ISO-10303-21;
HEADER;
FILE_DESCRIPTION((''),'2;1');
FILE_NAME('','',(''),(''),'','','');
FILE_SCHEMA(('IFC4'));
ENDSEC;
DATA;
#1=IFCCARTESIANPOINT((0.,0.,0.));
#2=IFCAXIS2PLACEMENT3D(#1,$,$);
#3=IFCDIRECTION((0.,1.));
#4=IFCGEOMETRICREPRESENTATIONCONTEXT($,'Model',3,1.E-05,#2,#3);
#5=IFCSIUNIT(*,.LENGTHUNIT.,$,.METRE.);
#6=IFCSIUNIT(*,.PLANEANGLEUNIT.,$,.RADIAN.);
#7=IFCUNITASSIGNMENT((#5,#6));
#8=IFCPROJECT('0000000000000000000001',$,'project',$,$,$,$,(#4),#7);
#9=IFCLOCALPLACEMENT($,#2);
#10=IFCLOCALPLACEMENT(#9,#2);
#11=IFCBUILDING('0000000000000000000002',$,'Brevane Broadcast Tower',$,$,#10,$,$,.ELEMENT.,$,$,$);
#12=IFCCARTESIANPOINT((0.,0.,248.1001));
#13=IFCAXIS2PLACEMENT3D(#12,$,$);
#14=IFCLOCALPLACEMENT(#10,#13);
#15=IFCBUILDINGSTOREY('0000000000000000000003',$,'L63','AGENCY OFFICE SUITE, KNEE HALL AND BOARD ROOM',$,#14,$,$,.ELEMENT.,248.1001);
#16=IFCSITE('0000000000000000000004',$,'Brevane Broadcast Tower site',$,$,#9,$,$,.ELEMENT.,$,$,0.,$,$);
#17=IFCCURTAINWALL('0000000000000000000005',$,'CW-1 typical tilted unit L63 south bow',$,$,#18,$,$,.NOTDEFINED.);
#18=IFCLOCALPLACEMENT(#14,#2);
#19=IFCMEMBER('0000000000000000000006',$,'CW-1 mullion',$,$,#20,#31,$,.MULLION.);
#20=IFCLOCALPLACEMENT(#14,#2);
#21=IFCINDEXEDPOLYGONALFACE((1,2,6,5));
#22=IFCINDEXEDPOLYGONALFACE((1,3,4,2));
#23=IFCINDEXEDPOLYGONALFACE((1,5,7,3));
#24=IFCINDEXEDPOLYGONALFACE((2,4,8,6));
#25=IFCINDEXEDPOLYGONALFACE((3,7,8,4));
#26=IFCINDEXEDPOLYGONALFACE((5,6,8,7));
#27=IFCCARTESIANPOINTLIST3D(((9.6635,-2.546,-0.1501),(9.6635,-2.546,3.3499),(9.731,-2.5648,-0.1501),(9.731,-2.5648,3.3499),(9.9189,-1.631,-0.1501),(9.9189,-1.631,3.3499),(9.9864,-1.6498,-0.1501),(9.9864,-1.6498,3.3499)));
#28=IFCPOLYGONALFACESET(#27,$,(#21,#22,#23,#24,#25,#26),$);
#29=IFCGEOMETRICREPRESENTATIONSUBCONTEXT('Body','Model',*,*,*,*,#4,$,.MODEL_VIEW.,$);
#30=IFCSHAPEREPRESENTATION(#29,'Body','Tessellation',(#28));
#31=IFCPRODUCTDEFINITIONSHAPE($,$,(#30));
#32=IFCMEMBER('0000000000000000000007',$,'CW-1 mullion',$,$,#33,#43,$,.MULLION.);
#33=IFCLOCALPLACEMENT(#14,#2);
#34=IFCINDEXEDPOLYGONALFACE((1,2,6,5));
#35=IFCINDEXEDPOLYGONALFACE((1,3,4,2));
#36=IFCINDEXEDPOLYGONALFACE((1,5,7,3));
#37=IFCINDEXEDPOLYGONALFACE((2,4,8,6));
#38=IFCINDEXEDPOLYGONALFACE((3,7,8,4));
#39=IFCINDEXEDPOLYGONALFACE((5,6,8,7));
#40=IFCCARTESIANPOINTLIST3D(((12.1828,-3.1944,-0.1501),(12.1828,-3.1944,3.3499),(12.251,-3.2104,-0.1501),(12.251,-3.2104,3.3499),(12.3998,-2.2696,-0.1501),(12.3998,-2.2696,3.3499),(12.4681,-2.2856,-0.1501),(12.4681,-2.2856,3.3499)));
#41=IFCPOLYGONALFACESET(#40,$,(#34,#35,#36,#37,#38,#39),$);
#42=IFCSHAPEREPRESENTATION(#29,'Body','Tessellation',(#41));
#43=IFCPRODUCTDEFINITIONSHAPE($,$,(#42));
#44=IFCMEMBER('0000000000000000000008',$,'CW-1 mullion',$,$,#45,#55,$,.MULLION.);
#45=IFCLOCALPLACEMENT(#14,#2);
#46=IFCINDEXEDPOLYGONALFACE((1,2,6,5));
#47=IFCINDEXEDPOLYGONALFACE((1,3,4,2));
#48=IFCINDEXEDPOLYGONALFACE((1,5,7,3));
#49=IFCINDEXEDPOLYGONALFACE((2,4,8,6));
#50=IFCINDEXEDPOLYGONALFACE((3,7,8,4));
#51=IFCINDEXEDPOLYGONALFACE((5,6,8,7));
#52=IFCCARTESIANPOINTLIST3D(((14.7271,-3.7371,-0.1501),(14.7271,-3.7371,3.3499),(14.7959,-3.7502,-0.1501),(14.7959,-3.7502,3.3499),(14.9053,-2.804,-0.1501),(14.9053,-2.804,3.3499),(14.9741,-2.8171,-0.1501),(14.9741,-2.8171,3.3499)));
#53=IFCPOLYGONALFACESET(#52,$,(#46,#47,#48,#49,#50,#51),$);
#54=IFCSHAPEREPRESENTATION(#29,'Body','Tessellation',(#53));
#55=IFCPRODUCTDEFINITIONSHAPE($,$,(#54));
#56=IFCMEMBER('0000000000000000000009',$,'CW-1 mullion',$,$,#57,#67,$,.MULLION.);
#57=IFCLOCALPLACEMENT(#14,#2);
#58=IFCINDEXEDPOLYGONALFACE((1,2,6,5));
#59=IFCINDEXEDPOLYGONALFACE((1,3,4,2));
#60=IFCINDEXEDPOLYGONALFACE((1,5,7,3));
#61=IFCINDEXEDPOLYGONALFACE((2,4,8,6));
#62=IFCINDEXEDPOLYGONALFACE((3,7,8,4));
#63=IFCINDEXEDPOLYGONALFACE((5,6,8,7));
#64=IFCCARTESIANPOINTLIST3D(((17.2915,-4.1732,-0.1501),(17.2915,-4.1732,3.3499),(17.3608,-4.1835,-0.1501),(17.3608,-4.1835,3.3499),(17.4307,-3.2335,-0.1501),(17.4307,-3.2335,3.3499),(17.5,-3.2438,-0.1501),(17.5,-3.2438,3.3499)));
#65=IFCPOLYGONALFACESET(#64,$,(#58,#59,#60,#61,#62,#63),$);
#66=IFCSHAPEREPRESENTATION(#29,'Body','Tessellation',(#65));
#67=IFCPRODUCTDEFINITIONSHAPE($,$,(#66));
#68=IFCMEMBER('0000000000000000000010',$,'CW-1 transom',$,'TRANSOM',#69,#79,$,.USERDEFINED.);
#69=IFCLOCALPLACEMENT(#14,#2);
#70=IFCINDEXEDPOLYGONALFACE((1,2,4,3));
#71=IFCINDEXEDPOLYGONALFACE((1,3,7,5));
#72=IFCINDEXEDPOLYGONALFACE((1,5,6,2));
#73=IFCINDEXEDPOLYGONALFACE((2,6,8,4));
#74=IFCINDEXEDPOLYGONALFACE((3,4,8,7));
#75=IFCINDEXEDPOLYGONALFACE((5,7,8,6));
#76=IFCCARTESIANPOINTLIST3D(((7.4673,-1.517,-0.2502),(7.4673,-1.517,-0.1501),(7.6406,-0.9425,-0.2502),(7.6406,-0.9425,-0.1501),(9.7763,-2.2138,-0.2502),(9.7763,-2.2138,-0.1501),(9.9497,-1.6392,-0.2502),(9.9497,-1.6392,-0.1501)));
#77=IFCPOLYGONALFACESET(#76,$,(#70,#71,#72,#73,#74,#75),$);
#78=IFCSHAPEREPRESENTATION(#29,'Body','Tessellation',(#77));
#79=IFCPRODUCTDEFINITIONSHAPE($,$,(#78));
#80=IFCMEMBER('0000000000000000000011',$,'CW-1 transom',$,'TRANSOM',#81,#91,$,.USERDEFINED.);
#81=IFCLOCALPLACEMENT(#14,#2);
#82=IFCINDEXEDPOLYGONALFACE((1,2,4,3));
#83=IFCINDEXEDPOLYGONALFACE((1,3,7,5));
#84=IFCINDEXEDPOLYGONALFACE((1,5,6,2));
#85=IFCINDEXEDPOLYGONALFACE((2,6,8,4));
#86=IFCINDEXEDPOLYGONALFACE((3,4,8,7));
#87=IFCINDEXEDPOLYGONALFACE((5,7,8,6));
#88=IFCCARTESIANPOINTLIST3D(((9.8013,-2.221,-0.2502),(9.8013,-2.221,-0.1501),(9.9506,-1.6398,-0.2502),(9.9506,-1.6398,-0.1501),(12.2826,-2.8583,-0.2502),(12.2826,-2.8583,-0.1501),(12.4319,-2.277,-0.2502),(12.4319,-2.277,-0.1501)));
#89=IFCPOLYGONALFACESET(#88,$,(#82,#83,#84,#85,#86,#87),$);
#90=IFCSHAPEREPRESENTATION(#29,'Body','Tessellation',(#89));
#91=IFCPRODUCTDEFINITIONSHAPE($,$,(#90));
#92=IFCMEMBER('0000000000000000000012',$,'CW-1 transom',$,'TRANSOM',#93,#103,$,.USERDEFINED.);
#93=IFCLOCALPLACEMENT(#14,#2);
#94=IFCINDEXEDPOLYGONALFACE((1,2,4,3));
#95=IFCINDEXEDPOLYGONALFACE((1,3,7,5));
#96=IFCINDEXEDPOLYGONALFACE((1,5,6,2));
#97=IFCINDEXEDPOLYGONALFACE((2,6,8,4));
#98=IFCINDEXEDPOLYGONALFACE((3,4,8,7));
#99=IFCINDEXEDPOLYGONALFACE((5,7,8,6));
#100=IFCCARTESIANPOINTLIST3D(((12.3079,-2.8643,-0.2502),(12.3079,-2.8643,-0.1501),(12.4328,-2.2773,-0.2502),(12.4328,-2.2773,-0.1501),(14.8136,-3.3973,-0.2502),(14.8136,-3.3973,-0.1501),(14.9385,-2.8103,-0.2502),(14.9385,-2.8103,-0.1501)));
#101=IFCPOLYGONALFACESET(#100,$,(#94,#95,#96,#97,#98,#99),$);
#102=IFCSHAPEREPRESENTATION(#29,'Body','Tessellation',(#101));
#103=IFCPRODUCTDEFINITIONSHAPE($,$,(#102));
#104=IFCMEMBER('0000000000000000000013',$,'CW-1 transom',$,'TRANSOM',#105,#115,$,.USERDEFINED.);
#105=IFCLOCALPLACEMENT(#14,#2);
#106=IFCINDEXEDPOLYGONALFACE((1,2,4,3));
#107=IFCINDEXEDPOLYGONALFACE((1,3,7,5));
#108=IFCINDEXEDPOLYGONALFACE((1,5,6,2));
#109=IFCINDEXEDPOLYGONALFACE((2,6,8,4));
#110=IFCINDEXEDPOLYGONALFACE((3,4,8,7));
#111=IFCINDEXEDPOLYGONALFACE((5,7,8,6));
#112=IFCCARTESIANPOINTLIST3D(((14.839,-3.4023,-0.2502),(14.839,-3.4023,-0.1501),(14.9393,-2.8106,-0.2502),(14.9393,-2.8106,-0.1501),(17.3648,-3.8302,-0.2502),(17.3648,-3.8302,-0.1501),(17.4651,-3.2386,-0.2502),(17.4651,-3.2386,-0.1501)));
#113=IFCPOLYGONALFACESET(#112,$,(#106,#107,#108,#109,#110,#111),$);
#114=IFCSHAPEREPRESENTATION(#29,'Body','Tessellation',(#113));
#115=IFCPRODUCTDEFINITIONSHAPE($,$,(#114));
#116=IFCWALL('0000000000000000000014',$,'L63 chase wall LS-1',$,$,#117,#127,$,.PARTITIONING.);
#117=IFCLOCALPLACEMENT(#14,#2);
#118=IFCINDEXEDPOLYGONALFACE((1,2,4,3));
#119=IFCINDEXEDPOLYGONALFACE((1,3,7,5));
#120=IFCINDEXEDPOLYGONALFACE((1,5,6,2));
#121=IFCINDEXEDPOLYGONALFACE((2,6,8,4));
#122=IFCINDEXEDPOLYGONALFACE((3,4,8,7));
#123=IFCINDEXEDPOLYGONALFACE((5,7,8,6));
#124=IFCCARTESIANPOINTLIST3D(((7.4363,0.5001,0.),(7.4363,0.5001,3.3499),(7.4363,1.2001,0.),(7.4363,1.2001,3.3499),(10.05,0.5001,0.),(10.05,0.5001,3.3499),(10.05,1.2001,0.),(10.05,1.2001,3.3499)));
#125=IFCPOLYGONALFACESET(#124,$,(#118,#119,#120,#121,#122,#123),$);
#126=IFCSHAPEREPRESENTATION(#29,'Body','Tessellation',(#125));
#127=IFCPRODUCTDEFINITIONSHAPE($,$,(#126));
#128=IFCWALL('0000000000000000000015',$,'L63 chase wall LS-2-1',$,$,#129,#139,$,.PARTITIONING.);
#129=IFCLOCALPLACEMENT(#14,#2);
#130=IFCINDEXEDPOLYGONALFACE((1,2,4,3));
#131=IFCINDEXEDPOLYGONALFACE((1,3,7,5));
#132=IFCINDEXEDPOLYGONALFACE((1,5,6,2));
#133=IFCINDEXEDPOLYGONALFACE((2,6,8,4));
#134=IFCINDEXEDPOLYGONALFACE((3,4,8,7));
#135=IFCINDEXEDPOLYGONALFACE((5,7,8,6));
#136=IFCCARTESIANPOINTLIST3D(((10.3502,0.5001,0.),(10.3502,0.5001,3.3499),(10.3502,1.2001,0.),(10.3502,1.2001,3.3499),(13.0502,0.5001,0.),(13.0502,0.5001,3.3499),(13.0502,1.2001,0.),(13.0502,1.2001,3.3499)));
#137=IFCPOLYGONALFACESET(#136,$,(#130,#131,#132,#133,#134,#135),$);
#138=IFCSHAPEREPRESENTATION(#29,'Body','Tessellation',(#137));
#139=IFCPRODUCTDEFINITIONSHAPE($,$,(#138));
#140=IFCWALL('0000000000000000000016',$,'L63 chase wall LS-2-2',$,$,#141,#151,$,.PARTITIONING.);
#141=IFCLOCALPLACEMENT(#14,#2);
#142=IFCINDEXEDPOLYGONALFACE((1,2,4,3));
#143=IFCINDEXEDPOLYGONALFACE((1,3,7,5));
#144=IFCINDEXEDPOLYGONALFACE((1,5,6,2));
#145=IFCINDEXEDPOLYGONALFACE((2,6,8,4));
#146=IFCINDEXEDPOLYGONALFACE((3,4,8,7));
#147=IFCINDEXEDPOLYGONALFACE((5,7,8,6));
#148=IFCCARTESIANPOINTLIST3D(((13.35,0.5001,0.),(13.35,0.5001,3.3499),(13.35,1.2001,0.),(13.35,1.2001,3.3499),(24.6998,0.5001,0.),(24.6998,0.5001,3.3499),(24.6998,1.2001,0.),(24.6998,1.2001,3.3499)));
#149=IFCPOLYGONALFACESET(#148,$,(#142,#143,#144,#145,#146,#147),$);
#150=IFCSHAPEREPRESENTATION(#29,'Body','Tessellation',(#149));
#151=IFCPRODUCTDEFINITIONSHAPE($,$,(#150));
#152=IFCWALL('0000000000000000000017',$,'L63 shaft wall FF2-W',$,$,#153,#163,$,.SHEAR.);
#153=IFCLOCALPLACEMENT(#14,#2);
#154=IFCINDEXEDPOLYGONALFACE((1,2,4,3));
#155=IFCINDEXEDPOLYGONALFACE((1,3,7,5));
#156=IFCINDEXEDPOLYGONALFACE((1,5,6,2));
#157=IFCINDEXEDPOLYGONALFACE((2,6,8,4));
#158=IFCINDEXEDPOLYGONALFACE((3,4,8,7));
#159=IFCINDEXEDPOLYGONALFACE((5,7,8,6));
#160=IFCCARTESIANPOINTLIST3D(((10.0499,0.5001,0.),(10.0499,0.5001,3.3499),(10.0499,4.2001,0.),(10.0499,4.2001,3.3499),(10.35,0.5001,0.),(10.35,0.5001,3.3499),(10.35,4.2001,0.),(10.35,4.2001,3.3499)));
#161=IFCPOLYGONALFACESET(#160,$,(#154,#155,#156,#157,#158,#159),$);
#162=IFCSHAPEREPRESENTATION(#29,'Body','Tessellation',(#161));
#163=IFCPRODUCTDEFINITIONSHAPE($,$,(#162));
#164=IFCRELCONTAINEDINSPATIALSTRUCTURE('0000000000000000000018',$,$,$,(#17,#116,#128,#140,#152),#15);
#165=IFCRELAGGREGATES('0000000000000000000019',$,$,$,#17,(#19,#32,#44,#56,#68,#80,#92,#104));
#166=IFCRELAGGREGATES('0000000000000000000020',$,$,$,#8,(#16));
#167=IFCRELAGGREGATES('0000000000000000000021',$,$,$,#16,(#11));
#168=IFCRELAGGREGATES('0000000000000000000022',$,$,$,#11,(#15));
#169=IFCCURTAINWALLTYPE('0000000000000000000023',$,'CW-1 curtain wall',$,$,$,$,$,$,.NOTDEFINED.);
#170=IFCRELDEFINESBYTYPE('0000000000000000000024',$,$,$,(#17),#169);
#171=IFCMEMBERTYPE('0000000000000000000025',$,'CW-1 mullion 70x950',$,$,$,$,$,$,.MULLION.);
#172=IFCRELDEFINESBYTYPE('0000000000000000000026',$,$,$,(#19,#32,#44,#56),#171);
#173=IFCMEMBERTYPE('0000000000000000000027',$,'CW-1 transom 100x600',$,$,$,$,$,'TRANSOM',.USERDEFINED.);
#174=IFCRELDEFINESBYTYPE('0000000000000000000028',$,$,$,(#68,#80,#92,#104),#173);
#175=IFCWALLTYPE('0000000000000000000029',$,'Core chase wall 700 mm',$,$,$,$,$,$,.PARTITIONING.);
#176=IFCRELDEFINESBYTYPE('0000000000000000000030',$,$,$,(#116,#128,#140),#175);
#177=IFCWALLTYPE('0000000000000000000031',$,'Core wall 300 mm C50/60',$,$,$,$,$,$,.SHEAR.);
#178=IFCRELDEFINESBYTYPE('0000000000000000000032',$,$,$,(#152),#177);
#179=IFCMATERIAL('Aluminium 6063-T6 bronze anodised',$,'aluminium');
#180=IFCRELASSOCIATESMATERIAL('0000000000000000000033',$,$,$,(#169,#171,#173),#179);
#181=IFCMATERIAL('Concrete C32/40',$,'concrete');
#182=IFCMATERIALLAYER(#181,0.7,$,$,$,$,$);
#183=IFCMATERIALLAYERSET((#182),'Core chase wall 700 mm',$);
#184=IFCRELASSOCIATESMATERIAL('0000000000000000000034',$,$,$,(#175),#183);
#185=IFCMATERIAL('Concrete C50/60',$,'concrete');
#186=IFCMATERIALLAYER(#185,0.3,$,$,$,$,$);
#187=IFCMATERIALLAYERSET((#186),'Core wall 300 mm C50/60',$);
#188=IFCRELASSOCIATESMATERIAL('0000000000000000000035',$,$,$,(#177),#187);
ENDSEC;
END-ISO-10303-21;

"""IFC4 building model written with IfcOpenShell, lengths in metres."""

from ifc_helpers import new_model, si_unit, direction, frame, frame_2d, origin, origin_2d, place, context, subcontext, project, spatial, rectangle, extrude, material, layer, layer_set, material_profile, profile_set, type_object, element, aggregate, save


model = new_model("IFC4")

# Units and contexts
model_context = context("Model", 3, precision=1e-05, world=origin(), true_north=direction((0.0, 1.0)))
body_context = subcontext(model_context, "Body", "Model", "MODEL_VIEW")
ifc_project = project(units=[si_unit("LENGTHUNIT", "METRE"), si_unit("PLANEANGLEUNIT", "RADIAN")], contexts=[model_context])

# Site, building, storey
site_placement = place(None, origin())
site = spatial("IfcSite", under=ifc_project, at=site_placement, Name="Brevane Broadcast Tower site", CompositionType="ELEMENT", RefElevation=0.0)
building_placement = place(site_placement, origin())
building = spatial("IfcBuilding", under=site, at=building_placement, Name="Brevane Broadcast Tower", CompositionType="ELEMENT")
storey_placement = place(building_placement, frame((0.0, 0.0, 248.1001)))
storey = spatial("IfcBuildingStorey", under=building, at=storey_placement, Name="L63", Description="AGENCY OFFICE SUITE, KNEE HALL AND BOARD ROOM", CompositionType="ELEMENT", Elevation=248.1001)

# Curtain wall, members
ifc_material_1 = material(Name="Aluminium 6063-T6 bronze anodised", Category="aluminium")
curtain_wall_type = type_object("IfcCurtainWallType", Name="CW-1 curtain wall", PredefinedType="NOTDEFINED", material=ifc_material_1)
curtain_wall_placement = place(storey_placement, origin())
curtain_wall = element("IfcCurtainWall", 1, at=curtain_wall_placement, inside=storey, type_object=curtain_wall_type, Name="CW-1 typical tilted unit L63 south bow", PredefinedType="NOTDEFINED")
ifc_material_profile_1 = material_profile(ifc_material_1, rectangle(XDim=0.95, YDim=0.0701, at=origin_2d()), Name="RECT 70x950")
ifc_profile_set_1 = profile_set([ifc_material_profile_1], Name="Aluminium 6063-T6 bronze anodised")
member_type_1 = type_object("IfcMemberType", Name="CW-1 mullion 70x950", PredefinedType="MULLION", material=ifc_profile_set_1)
member_1_placement = place(storey_placement, frame((9.825, -2.0979, -0.1501), z_axis=(0.0, 0.0, 1.0), x_axis=(0.268916, 0.963164, 0.0)))
member_1 = element("IfcMember", 2, at=member_1_placement, type_object=member_type_1, Name="CW-1 mullion", PredefinedType="MULLION", context=body_context, shape_type="SweptSolid", body=[
    extrude(rectangle(XDim=0.95, YDim=0.0701, at=origin_2d()), origin(), (0.0, 0.0, 1.0), 3.5),
])
member_2_placement = place(storey_placement, frame((12.3254, -2.74, -0.1501), z_axis=(0.0, 0.0, 1.0), x_axis=(0.228467, 0.973552, 0.0)))
member_2 = element("IfcMember", 3, at=member_2_placement, type_object=member_type_1, Name="CW-1 mullion", PredefinedType="MULLION", context=body_context, shape_type="SweptSolid", body=[
    extrude(rectangle(XDim=0.95, YDim=0.0701, at=origin_2d()), origin(), (0.0, 0.0, 1.0), 3.5),
])
member_3_placement = place(storey_placement, frame((14.8506, -3.2771, -0.1501), z_axis=(0.0, 0.0, 1.0), x_axis=(0.187621, 0.982242, 0.0)))
member_3 = element("IfcMember", 4, at=member_3_placement, type_object=member_type_1, Name="CW-1 mullion", PredefinedType="MULLION", context=body_context, shape_type="SweptSolid", body=[
    extrude(rectangle(XDim=0.95, YDim=0.0701, at=origin_2d()), origin(), (0.0, 0.0, 1.0), 3.5),
])
member_4_placement = place(storey_placement, frame((17.3958, -3.7085, -0.1501), z_axis=(0.0, 0.0, 1.0), x_axis=(0.146447, 0.989218, 0.0)))
member_4 = element("IfcMember", 5, at=member_4_placement, type_object=member_type_1, Name="CW-1 mullion", PredefinedType="MULLION", context=body_context, shape_type="SweptSolid", body=[
    extrude(rectangle(XDim=0.95, YDim=0.0701, at=origin_2d()), origin(), (0.0, 0.0, 1.0), 3.5),
])
ifc_material_profile_2 = material_profile(ifc_material_1, rectangle(XDim=0.6001, YDim=0.1001, at=origin_2d()), Name="RECT 100x600")
ifc_profile_set_2 = profile_set([ifc_material_profile_2], Name="Aluminium 6063-T6 bronze anodised")
member_type_2 = type_object("IfcMemberType", Name="CW-1 transom 100x600", ElementType="TRANSOM", PredefinedType="USERDEFINED", material=ifc_profile_set_2)
member_5_placement = place(storey_placement, frame((7.554, -1.2297, -0.2002), z_axis=(0.957363, -0.288889, 0.0), x_axis=(0.288889, 0.957363, 0.0)))
member_5 = element("IfcMember", 6, at=member_5_placement, type_object=member_type_2, Name="CW-1 transom", ObjectType="TRANSOM", PredefinedType="USERDEFINED", context=body_context, shape_type="SweptSolid", body=[
    extrude(rectangle(XDim=0.6001, YDim=0.1001, at=origin_2d()), origin(), (0.0, 0.0, 1.0), 2.4119),
])
member_6_placement = place(storey_placement, frame((9.876, -1.9304, -0.2002), z_axis=(0.96857, -0.248742, 0.0), x_axis=(0.248742, 0.96857, 0.0)))
member_6 = element("IfcMember", 7, at=member_6_placement, type_object=member_type_2, Name="CW-1 transom", ObjectType="TRANSOM", PredefinedType="USERDEFINED", context=body_context, shape_type="SweptSolid", body=[
    extrude(rectangle(XDim=0.6001, YDim=0.1001, at=origin_2d()), origin(), (0.0, 0.0, 1.0), 2.5618),
])
member_7_placement = place(storey_placement, frame((12.3704, -2.5708, -0.2002), z_axis=(0.978118, -0.208051, 0.0), x_axis=(0.208051, 0.978118, 0.0)))
member_7 = element("IfcMember", 8, at=member_7_placement, type_object=member_type_2, Name="CW-1 transom", ObjectType="TRANSOM", PredefinedType="USERDEFINED", context=body_context, shape_type="SweptSolid", body=[
    extrude(rectangle(XDim=0.6001, YDim=0.1001, at=origin_2d()), origin(), (0.0, 0.0, 1.0), 2.5618),
])
member_8_placement = place(storey_placement, frame((14.8892, -3.1064, -0.2002), z_axis=(0.985947, -0.167056, 0.0), x_axis=(0.167056, 0.985947, 0.0)))
member_8 = element("IfcMember", 9, at=member_8_placement, type_object=member_type_2, Name="CW-1 transom", ObjectType="TRANSOM", PredefinedType="USERDEFINED", context=body_context, shape_type="SweptSolid", body=[
    extrude(rectangle(XDim=0.6001, YDim=0.1001, at=origin_2d()), origin(), (0.0, 0.0, 1.0), 2.5618),
])
aggregate(curtain_wall, [member_1, member_2, member_3, member_4, member_5, member_6, member_7, member_8])

# Walls
ifc_material_2 = material(Name="Concrete C32/40", Category="concrete")
ifc_layer_1 = layer(ifc_material_2, 0.7)
ifc_layer_set_1 = layer_set([ifc_layer_1], Name="Core chase wall 700 mm")
wall_type_1 = type_object("IfcWallType", Name="Core chase wall 700 mm", PredefinedType="PARTITIONING", material=ifc_layer_set_1)
wall_1_placement = place(storey_placement, frame((7.4363, 0.8501, 0.0), z_axis=(0.0, 0.0, 1.0), x_axis=(1.0, 0.0, 0.0)))
element("IfcWall", 10, at=wall_1_placement, inside=storey, type_object=wall_type_1, Name="L63 chase wall LS-1", PredefinedType="PARTITIONING", context=body_context, shape_type="SweptSolid", body=[
    extrude(rectangle(XDim=2.6138, YDim=0.7, at=frame_2d((1.3069, 0.0))), origin(), (0.0, 0.0, 1.0), 3.3499),
])
wall_2_placement = place(storey_placement, frame((10.3501, 0.8501, 0.0), z_axis=(0.0, 0.0, 1.0), x_axis=(1.0, 0.0, 0.0)))
element("IfcWall", 11, at=wall_2_placement, inside=storey, type_object=wall_type_1, Name="L63 chase wall LS-2-1", PredefinedType="PARTITIONING", context=body_context, shape_type="SweptSolid", body=[
    extrude(rectangle(XDim=2.7, YDim=0.7, at=frame_2d((1.3501, 0.0))), origin(), (0.0, 0.0, 1.0), 3.3499),
])
wall_3_placement = place(storey_placement, frame((13.3501, 0.8501, 0.0), z_axis=(0.0, 0.0, 1.0), x_axis=(1.0, 0.0, 0.0)))
element("IfcWall", 12, at=wall_3_placement, inside=storey, type_object=wall_type_1, Name="L63 chase wall LS-2-2", PredefinedType="PARTITIONING", context=body_context, shape_type="SweptSolid", body=[
    extrude(rectangle(XDim=11.3499, YDim=0.7, at=frame_2d((5.6748, 0.0))), origin(), (0.0, 0.0, 1.0), 3.3499),
])
ifc_material_3 = material(Name="Concrete C50/60", Category="concrete")
ifc_layer_2 = layer(ifc_material_3, 0.3)
ifc_layer_set_2 = layer_set([ifc_layer_2], Name="Core wall 300 mm C50/60")
wall_type_2 = type_object("IfcWallType", Name="Core wall 300 mm C50/60", PredefinedType="SHEAR", material=ifc_layer_set_2)
wall_4_placement = place(storey_placement, frame((10.2, 0.5, 0.0), z_axis=(0.0, 0.0, 1.0), x_axis=(0.0, 1.0, 0.0)))
element("IfcWall", 13, at=wall_4_placement, inside=storey, type_object=wall_type_2, Name="L63 shaft wall FF2-W", PredefinedType="SHEAR", context=body_context, shape_type="SweptSolid", body=[
    extrude(rectangle(XDim=3.7, YDim=0.3, at=frame_2d((1.8501, 0.0))), origin(), (0.0, 0.0, 1.0), 3.3499),
])

save(model, "model.ifc")
